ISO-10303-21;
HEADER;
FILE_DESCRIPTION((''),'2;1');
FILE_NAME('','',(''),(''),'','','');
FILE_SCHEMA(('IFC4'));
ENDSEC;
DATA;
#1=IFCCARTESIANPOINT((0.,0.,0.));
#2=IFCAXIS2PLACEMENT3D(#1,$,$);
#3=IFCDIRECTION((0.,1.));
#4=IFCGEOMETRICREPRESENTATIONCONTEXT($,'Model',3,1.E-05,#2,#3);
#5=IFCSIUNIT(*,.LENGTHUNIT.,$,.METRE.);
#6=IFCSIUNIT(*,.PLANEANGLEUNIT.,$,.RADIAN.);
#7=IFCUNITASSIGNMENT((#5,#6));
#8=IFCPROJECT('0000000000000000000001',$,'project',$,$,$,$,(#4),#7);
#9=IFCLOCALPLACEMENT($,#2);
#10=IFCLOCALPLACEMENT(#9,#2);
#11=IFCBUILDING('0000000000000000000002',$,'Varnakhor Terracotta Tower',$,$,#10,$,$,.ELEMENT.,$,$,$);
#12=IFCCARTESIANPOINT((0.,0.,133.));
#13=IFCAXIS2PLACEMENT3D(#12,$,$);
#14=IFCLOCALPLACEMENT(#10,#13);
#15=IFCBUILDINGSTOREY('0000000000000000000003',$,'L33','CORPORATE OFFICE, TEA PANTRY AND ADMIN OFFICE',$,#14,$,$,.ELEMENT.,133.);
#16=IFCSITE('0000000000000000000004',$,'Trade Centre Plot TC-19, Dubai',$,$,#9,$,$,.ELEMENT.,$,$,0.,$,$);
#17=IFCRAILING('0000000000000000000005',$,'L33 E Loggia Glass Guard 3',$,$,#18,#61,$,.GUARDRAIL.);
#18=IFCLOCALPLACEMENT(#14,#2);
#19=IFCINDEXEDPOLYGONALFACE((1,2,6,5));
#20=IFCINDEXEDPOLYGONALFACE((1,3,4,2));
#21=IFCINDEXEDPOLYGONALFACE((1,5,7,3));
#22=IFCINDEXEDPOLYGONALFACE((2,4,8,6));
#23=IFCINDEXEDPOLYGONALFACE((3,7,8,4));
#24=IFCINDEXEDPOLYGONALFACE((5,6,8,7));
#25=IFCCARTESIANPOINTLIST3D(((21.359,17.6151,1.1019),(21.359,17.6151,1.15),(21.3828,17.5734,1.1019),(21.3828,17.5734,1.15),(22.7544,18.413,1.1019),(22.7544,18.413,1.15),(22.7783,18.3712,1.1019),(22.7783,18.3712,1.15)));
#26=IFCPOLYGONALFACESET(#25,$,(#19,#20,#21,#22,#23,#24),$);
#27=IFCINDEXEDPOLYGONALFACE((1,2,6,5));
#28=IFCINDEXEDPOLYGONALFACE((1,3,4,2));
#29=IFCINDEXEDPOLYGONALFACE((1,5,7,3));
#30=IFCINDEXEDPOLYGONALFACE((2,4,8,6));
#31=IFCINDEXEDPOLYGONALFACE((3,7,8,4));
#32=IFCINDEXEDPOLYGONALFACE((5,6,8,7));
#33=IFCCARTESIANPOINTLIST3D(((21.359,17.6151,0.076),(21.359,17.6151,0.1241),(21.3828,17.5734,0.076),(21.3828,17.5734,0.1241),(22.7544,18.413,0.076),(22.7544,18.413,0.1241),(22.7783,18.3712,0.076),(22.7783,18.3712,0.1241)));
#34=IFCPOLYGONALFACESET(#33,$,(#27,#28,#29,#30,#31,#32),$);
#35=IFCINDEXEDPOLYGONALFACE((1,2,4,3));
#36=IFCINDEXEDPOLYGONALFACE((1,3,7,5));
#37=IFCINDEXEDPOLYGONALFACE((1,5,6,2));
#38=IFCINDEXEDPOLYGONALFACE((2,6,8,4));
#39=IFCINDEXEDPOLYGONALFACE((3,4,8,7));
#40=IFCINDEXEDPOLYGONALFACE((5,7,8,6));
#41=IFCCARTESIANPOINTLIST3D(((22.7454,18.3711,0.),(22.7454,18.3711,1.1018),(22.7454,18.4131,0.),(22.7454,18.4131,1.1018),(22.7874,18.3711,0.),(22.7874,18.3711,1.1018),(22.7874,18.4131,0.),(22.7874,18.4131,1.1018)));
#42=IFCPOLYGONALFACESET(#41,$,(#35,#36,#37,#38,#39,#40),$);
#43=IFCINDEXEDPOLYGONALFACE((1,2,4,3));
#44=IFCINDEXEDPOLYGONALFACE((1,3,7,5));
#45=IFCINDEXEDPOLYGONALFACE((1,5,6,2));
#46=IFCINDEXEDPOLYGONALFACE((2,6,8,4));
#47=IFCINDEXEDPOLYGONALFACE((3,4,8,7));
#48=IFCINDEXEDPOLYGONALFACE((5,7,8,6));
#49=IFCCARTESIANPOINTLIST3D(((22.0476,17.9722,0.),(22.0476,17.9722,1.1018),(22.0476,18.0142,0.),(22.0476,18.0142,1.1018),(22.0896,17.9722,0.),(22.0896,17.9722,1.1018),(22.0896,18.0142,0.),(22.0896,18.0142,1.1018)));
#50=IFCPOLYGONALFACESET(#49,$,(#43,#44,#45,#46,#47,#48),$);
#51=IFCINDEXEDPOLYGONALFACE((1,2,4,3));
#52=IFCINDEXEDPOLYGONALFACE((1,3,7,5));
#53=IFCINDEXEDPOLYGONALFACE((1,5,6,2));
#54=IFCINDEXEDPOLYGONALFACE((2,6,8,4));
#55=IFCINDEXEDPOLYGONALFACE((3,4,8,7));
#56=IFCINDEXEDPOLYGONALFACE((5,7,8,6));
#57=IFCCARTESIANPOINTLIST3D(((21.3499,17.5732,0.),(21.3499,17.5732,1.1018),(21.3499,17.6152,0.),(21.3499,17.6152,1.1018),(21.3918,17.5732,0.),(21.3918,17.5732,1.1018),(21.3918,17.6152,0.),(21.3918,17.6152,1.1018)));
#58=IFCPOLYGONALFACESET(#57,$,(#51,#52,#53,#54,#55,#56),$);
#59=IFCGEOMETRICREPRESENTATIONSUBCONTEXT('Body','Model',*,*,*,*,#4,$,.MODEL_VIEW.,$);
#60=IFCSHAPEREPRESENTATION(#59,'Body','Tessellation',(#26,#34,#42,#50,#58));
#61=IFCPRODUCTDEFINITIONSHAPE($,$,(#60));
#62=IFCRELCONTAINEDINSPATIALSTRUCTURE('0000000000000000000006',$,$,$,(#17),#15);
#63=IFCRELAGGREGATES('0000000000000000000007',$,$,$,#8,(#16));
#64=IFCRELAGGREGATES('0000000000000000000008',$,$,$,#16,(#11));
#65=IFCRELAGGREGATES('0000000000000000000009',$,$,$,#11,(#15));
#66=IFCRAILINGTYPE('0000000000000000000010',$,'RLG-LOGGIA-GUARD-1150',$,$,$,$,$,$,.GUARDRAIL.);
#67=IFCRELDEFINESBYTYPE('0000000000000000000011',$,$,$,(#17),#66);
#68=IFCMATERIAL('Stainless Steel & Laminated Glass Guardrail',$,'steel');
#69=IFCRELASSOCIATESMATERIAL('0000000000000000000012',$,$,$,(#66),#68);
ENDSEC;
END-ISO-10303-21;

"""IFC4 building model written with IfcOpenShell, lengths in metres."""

from ifc_helpers import new_model, si_unit, direction, frame, origin, origin_2d, place, context, subcontext, project, spatial, rectangle, extrude, material, type_object, element, save


model = new_model("IFC4")

# Units and contexts
model_context = context("Model", 3, precision=1e-05, world=origin(), true_north=direction((0.0, 1.0)))
body_context = subcontext(model_context, "Body", "Model", "MODEL_VIEW")
ifc_project = project(units=[si_unit("LENGTHUNIT", "METRE"), si_unit("PLANEANGLEUNIT", "RADIAN")], contexts=[model_context])

# Site, building, storey
site_placement = place(None, origin())
site = spatial("IfcSite", under=ifc_project, at=site_placement, Name="Trade Centre Plot TC-19, Dubai", CompositionType="ELEMENT", RefElevation=0.0)
building_placement = place(site_placement, origin())
building = spatial("IfcBuilding", under=site, at=building_placement, Name="Varnakhor Terracotta Tower", CompositionType="ELEMENT")
storey_placement = place(building_placement, frame((0.0, 0.0, 133.0)))
storey = spatial("IfcBuildingStorey", under=building, at=storey_placement, Name="L33", Description="CORPORATE OFFICE, TEA PANTRY AND ADMIN OFFICE", CompositionType="ELEMENT", Elevation=133.0)

# Railing
ifc_material_1 = material(Name="Stainless Steel & Laminated Glass Guardrail", Category="steel")
railing_type = type_object("IfcRailingType", Name="RLG-LOGGIA-GUARD-1150", PredefinedType="GUARDRAIL", material=ifc_material_1)
railing_placement = place(storey_placement, frame((22.7664, 18.3921, 0.0)))
element("IfcRailing", 1, at=railing_placement, inside=storey, type_object=railing_type, Name="L33 E Loggia Glass Guard 3", PredefinedType="GUARDRAIL", context=body_context, shape_type="SweptSolid", body=[
    extrude(rectangle(XDim=0.0481, YDim=0.0481, at=origin_2d()), frame((0.0, 0.0, 1.126), z_axis=(-0.868131, -0.496335, 0.0), x_axis=(0.496335, -0.868131, 0.0)), (0.0, 0.0, 1.0), 1.6074),
    extrude(rectangle(XDim=0.0481, YDim=0.0481, at=origin_2d()), frame((0.0, 0.0, 0.1001), z_axis=(-0.868131, -0.496335, 0.0), x_axis=(0.496335, -0.868131, 0.0)), (0.0, 0.0, 1.0), 1.6074),
    extrude(rectangle(XDim=0.042, YDim=0.042, at=origin_2d()), origin(), (0.0, 0.0, 1.0), 1.1018),
    extrude(rectangle(XDim=0.042, YDim=0.042, at=origin_2d()), frame((-0.6978, -0.3989, 0.0)), (0.0, 0.0, 1.0), 1.1018),
    extrude(rectangle(XDim=0.042, YDim=0.042, at=origin_2d()), frame((-1.3955, -0.7979, 0.0)), (0.0, 0.0, 1.0), 1.1018),
])

save(model, "model.ifc")
